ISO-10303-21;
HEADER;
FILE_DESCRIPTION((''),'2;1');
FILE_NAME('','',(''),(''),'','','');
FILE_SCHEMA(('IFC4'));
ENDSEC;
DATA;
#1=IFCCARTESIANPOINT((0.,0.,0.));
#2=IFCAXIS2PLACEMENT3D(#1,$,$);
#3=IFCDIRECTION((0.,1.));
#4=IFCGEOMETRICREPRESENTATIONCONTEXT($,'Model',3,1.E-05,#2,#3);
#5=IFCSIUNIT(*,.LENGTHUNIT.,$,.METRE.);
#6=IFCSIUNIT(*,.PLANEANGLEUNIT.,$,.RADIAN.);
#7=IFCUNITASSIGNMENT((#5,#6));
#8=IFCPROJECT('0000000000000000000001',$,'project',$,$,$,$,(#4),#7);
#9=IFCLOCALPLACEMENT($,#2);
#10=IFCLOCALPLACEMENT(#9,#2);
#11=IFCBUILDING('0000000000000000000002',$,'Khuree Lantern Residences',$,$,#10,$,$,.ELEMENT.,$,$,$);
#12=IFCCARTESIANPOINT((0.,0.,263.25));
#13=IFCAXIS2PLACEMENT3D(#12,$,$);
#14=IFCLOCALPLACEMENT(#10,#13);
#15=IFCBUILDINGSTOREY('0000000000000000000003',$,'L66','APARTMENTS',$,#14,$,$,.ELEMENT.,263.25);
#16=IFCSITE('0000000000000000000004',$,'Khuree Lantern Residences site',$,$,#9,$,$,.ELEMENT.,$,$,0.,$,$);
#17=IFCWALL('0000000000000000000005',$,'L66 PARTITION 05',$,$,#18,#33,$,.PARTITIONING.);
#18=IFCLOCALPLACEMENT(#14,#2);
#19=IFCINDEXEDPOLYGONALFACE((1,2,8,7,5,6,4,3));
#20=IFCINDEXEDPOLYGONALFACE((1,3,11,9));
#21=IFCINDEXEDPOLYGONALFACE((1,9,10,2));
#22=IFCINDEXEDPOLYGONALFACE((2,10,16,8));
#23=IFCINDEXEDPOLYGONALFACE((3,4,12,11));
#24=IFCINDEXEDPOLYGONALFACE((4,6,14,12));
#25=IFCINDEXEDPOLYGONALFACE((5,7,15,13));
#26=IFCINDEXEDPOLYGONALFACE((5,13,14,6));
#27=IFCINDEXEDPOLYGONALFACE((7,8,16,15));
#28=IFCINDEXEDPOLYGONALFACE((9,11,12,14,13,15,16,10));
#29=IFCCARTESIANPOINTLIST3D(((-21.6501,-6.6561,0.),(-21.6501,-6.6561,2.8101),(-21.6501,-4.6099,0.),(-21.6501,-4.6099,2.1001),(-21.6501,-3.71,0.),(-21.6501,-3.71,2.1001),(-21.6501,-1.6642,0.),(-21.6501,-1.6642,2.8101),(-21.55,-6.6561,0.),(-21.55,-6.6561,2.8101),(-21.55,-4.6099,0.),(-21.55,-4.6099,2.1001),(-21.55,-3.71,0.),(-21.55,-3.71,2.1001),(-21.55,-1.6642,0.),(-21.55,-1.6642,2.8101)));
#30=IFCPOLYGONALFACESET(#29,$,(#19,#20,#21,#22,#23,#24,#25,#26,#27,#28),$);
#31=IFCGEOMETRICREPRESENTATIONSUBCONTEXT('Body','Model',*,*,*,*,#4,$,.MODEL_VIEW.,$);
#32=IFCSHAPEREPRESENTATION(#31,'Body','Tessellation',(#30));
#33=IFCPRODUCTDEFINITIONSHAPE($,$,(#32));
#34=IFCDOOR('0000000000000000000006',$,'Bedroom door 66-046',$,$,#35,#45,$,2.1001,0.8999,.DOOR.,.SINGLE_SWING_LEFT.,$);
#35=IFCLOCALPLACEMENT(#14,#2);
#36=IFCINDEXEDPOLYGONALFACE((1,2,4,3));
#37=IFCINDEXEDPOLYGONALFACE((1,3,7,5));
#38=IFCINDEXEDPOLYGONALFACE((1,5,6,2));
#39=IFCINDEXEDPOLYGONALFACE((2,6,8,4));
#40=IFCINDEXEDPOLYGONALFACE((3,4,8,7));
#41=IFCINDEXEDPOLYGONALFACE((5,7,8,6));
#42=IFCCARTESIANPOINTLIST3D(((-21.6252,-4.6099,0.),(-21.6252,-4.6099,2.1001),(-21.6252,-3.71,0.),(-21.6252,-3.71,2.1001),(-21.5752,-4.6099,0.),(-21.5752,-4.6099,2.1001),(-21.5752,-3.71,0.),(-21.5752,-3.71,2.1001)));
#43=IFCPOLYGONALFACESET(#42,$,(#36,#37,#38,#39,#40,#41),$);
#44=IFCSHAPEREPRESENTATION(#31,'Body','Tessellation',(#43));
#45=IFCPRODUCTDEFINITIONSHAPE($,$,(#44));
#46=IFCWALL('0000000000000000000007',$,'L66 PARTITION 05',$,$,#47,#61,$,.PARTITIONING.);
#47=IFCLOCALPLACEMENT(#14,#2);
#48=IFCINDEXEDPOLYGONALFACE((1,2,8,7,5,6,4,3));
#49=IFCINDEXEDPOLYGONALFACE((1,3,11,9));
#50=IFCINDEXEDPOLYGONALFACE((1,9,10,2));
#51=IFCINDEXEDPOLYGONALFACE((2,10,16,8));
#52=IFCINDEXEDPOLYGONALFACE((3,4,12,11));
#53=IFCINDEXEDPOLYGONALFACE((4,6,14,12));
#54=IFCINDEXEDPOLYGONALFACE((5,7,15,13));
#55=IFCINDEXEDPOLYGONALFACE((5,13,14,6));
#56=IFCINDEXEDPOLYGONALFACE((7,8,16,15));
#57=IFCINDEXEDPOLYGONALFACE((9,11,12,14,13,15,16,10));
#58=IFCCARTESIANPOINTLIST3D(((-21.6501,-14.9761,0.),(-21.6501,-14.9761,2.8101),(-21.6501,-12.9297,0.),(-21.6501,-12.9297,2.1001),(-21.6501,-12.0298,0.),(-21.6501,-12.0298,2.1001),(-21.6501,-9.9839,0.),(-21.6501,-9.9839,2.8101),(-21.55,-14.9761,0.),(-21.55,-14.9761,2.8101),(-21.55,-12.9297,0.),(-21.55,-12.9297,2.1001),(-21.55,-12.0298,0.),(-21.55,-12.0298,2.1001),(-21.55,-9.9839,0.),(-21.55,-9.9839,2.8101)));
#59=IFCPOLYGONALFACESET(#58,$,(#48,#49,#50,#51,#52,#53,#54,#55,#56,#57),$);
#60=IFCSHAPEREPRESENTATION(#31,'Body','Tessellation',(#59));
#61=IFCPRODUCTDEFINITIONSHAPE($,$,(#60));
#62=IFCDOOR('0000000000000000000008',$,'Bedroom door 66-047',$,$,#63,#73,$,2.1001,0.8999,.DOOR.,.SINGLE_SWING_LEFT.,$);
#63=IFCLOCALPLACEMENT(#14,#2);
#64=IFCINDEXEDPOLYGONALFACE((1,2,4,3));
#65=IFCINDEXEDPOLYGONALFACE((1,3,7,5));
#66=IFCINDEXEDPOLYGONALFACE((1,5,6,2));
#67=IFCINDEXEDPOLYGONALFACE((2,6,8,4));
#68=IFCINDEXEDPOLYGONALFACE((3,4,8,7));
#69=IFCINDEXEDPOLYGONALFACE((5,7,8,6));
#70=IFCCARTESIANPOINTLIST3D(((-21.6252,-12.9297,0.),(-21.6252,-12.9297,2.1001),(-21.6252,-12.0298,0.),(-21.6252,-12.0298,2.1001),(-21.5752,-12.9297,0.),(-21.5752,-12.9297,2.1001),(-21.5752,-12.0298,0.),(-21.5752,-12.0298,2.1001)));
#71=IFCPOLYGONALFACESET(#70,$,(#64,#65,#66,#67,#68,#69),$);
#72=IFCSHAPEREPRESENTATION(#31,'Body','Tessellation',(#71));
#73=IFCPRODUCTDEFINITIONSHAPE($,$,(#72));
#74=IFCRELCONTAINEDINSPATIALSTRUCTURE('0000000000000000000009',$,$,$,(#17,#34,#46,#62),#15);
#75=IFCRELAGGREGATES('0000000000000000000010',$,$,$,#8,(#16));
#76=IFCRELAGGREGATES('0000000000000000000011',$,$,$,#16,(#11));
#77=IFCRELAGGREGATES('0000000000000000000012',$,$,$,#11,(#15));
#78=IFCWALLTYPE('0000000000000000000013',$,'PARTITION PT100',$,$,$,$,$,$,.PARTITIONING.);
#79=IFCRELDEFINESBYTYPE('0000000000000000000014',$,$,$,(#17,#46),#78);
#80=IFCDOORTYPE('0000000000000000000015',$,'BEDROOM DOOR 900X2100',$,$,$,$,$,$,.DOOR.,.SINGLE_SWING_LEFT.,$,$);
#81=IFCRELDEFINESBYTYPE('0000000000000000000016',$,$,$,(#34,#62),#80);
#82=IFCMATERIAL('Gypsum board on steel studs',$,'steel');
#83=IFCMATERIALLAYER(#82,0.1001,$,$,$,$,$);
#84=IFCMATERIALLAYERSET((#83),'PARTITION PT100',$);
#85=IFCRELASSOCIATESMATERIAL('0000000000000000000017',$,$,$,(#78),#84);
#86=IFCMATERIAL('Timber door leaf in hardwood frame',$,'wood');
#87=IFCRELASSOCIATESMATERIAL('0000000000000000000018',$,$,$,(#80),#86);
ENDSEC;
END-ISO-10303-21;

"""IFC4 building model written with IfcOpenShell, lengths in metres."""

from ifc_helpers import new_model, si_unit, direction, frame, frame_2d, origin, place, context, subcontext, project, spatial, rectangle, extrude, material, layer, layer_set, type_object, element, fill, save


model = new_model("IFC4")

# Units and contexts
model_context = context("Model", 3, precision=1e-05, world=origin(), true_north=direction((0.0, 1.0)))
body_context = subcontext(model_context, "Body", "Model", "MODEL_VIEW")
ifc_project = project(units=[si_unit("LENGTHUNIT", "METRE"), si_unit("PLANEANGLEUNIT", "RADIAN")], contexts=[model_context])

# Site, building, storey
site_placement = place(None, origin())
site = spatial("IfcSite", under=ifc_project, at=site_placement, Name="Khuree Lantern Residences site", CompositionType="ELEMENT", RefElevation=0.0)
building_placement = place(site_placement, origin())
building = spatial("IfcBuilding", under=site, at=building_placement, Name="Khuree Lantern Residences", CompositionType="ELEMENT")
storey_placement = place(building_placement, frame((0.0, 0.0, 263.25)))
storey = spatial("IfcBuildingStorey", under=building, at=storey_placement, Name="L66", Description="APARTMENTS", CompositionType="ELEMENT", Elevation=263.25)

# Shared definitions
ifc_material_1 = material(Name="Timber door leaf in hardwood frame", Category="wood")

# Shared definitions
ifc_material_2 = material(Name="Gypsum board on steel studs", Category="steel")
ifc_layer_1 = layer(ifc_material_2, 0.1001)
ifc_layer_set_1 = layer_set([ifc_layer_1], Name="PARTITION PT100")
wall_type_1 = type_object("IfcWallType", Name="PARTITION PT100", PredefinedType="PARTITIONING", material=ifc_layer_set_1)

# Walls, openings, doors
wall_1_placement = place(storey_placement, frame((-21.6001, -1.6641, 0.0), z_axis=(0.0, 0.0, 1.0), x_axis=(0.0, -1.0, 0.0)))
wall_1 = element("IfcWall", 1, at=wall_1_placement, inside=storey, type_object=wall_type_1, Name="L66 PARTITION 05", PredefinedType="PARTITIONING", context=body_context, shape_type="SweptSolid", body=[
    extrude(rectangle(XDim=4.9919, YDim=0.1001, at=frame_2d((2.4961, 0.0))), origin(), (0.0, 0.0, 1.0), 2.8101),
])
opening_1_placement = place(wall_1_placement, frame((2.0459, 0.0, 0.0)))
opening_1 = element("IfcOpeningElement", 2, at=opening_1_placement, cuts=wall_1, PredefinedType="OPENING", context=body_context, shape_type="SweptSolid", body=[
    extrude(rectangle(XDim=0.8999, YDim=2.1001, at=frame_2d((0.45, 1.05))), frame((0.0, 0.0601, 0.0), z_axis=(0.0, -1.0, 0.0), x_axis=(1.0, 0.0, 0.0)), (0.0, 0.0, 1.0), 0.1201),
])
door_type_1 = type_object("IfcDoorType", Name="BEDROOM DOOR 900X2100", OperationType="SINGLE_SWING_LEFT", PredefinedType="DOOR", material=ifc_material_1)
door_1_placement = place(opening_1_placement, origin())
door_1 = element("IfcDoor", 3, at=door_1_placement, inside=storey, type_object=door_type_1, Name="Bedroom door 66-046", OperationType="SINGLE_SWING_LEFT", OverallHeight=2.1001, OverallWidth=0.8999, PredefinedType="DOOR", context=body_context, shape_type="SweptSolid", body=[
    extrude(rectangle(XDim=0.8999, YDim=2.1001, at=frame_2d((0.45, 1.05))), frame((0.0, 0.0249, 0.0), z_axis=(0.0, -1.0, 0.0), x_axis=(1.0, 0.0, 0.0)), (0.0, 0.0, 1.0), 0.05),
])
fill(opening_1, door_1)
wall_2_placement = place(storey_placement, frame((-21.6001, -9.9839, 0.0), z_axis=(0.0, 0.0, 1.0), x_axis=(0.0, -1.0, 0.0)))
wall_2 = element("IfcWall", 4, at=wall_2_placement, inside=storey, type_object=wall_type_1, Name="L66 PARTITION 05", PredefinedType="PARTITIONING", context=body_context, shape_type="SweptSolid", body=[
    extrude(rectangle(XDim=4.9922, YDim=0.1001, at=frame_2d((2.4961, 0.0))), origin(), (0.0, 0.0, 1.0), 2.8101),
])
opening_2_placement = place(wall_2_placement, frame((2.0459, 0.0, 0.0)))
opening_2 = element("IfcOpeningElement", 5, at=opening_2_placement, cuts=wall_2, PredefinedType="OPENING", context=body_context, shape_type="SweptSolid", body=[
    extrude(rectangle(XDim=0.8999, YDim=2.1001, at=frame_2d((0.45, 1.05))), frame((0.0, 0.0601, 0.0), z_axis=(0.0, -1.0, 0.0), x_axis=(1.0, 0.0, 0.0)), (0.0, 0.0, 1.0), 0.1201),
])
door_2_placement = place(opening_2_placement, origin())
door_2 = element("IfcDoor", 6, at=door_2_placement, inside=storey, type_object=door_type_1, Name="Bedroom door 66-047", OperationType="SINGLE_SWING_LEFT", OverallHeight=2.1001, OverallWidth=0.8999, PredefinedType="DOOR", context=body_context, shape_type="SweptSolid", body=[
    extrude(rectangle(XDim=0.8999, YDim=2.1001, at=frame_2d((0.45, 1.05))), frame((0.0, 0.0249, 0.0), z_axis=(0.0, -1.0, 0.0), x_axis=(1.0, 0.0, 0.0)), (0.0, 0.0, 1.0), 0.05),
])
fill(opening_2, door_2)

save(model, "model.ifc")
